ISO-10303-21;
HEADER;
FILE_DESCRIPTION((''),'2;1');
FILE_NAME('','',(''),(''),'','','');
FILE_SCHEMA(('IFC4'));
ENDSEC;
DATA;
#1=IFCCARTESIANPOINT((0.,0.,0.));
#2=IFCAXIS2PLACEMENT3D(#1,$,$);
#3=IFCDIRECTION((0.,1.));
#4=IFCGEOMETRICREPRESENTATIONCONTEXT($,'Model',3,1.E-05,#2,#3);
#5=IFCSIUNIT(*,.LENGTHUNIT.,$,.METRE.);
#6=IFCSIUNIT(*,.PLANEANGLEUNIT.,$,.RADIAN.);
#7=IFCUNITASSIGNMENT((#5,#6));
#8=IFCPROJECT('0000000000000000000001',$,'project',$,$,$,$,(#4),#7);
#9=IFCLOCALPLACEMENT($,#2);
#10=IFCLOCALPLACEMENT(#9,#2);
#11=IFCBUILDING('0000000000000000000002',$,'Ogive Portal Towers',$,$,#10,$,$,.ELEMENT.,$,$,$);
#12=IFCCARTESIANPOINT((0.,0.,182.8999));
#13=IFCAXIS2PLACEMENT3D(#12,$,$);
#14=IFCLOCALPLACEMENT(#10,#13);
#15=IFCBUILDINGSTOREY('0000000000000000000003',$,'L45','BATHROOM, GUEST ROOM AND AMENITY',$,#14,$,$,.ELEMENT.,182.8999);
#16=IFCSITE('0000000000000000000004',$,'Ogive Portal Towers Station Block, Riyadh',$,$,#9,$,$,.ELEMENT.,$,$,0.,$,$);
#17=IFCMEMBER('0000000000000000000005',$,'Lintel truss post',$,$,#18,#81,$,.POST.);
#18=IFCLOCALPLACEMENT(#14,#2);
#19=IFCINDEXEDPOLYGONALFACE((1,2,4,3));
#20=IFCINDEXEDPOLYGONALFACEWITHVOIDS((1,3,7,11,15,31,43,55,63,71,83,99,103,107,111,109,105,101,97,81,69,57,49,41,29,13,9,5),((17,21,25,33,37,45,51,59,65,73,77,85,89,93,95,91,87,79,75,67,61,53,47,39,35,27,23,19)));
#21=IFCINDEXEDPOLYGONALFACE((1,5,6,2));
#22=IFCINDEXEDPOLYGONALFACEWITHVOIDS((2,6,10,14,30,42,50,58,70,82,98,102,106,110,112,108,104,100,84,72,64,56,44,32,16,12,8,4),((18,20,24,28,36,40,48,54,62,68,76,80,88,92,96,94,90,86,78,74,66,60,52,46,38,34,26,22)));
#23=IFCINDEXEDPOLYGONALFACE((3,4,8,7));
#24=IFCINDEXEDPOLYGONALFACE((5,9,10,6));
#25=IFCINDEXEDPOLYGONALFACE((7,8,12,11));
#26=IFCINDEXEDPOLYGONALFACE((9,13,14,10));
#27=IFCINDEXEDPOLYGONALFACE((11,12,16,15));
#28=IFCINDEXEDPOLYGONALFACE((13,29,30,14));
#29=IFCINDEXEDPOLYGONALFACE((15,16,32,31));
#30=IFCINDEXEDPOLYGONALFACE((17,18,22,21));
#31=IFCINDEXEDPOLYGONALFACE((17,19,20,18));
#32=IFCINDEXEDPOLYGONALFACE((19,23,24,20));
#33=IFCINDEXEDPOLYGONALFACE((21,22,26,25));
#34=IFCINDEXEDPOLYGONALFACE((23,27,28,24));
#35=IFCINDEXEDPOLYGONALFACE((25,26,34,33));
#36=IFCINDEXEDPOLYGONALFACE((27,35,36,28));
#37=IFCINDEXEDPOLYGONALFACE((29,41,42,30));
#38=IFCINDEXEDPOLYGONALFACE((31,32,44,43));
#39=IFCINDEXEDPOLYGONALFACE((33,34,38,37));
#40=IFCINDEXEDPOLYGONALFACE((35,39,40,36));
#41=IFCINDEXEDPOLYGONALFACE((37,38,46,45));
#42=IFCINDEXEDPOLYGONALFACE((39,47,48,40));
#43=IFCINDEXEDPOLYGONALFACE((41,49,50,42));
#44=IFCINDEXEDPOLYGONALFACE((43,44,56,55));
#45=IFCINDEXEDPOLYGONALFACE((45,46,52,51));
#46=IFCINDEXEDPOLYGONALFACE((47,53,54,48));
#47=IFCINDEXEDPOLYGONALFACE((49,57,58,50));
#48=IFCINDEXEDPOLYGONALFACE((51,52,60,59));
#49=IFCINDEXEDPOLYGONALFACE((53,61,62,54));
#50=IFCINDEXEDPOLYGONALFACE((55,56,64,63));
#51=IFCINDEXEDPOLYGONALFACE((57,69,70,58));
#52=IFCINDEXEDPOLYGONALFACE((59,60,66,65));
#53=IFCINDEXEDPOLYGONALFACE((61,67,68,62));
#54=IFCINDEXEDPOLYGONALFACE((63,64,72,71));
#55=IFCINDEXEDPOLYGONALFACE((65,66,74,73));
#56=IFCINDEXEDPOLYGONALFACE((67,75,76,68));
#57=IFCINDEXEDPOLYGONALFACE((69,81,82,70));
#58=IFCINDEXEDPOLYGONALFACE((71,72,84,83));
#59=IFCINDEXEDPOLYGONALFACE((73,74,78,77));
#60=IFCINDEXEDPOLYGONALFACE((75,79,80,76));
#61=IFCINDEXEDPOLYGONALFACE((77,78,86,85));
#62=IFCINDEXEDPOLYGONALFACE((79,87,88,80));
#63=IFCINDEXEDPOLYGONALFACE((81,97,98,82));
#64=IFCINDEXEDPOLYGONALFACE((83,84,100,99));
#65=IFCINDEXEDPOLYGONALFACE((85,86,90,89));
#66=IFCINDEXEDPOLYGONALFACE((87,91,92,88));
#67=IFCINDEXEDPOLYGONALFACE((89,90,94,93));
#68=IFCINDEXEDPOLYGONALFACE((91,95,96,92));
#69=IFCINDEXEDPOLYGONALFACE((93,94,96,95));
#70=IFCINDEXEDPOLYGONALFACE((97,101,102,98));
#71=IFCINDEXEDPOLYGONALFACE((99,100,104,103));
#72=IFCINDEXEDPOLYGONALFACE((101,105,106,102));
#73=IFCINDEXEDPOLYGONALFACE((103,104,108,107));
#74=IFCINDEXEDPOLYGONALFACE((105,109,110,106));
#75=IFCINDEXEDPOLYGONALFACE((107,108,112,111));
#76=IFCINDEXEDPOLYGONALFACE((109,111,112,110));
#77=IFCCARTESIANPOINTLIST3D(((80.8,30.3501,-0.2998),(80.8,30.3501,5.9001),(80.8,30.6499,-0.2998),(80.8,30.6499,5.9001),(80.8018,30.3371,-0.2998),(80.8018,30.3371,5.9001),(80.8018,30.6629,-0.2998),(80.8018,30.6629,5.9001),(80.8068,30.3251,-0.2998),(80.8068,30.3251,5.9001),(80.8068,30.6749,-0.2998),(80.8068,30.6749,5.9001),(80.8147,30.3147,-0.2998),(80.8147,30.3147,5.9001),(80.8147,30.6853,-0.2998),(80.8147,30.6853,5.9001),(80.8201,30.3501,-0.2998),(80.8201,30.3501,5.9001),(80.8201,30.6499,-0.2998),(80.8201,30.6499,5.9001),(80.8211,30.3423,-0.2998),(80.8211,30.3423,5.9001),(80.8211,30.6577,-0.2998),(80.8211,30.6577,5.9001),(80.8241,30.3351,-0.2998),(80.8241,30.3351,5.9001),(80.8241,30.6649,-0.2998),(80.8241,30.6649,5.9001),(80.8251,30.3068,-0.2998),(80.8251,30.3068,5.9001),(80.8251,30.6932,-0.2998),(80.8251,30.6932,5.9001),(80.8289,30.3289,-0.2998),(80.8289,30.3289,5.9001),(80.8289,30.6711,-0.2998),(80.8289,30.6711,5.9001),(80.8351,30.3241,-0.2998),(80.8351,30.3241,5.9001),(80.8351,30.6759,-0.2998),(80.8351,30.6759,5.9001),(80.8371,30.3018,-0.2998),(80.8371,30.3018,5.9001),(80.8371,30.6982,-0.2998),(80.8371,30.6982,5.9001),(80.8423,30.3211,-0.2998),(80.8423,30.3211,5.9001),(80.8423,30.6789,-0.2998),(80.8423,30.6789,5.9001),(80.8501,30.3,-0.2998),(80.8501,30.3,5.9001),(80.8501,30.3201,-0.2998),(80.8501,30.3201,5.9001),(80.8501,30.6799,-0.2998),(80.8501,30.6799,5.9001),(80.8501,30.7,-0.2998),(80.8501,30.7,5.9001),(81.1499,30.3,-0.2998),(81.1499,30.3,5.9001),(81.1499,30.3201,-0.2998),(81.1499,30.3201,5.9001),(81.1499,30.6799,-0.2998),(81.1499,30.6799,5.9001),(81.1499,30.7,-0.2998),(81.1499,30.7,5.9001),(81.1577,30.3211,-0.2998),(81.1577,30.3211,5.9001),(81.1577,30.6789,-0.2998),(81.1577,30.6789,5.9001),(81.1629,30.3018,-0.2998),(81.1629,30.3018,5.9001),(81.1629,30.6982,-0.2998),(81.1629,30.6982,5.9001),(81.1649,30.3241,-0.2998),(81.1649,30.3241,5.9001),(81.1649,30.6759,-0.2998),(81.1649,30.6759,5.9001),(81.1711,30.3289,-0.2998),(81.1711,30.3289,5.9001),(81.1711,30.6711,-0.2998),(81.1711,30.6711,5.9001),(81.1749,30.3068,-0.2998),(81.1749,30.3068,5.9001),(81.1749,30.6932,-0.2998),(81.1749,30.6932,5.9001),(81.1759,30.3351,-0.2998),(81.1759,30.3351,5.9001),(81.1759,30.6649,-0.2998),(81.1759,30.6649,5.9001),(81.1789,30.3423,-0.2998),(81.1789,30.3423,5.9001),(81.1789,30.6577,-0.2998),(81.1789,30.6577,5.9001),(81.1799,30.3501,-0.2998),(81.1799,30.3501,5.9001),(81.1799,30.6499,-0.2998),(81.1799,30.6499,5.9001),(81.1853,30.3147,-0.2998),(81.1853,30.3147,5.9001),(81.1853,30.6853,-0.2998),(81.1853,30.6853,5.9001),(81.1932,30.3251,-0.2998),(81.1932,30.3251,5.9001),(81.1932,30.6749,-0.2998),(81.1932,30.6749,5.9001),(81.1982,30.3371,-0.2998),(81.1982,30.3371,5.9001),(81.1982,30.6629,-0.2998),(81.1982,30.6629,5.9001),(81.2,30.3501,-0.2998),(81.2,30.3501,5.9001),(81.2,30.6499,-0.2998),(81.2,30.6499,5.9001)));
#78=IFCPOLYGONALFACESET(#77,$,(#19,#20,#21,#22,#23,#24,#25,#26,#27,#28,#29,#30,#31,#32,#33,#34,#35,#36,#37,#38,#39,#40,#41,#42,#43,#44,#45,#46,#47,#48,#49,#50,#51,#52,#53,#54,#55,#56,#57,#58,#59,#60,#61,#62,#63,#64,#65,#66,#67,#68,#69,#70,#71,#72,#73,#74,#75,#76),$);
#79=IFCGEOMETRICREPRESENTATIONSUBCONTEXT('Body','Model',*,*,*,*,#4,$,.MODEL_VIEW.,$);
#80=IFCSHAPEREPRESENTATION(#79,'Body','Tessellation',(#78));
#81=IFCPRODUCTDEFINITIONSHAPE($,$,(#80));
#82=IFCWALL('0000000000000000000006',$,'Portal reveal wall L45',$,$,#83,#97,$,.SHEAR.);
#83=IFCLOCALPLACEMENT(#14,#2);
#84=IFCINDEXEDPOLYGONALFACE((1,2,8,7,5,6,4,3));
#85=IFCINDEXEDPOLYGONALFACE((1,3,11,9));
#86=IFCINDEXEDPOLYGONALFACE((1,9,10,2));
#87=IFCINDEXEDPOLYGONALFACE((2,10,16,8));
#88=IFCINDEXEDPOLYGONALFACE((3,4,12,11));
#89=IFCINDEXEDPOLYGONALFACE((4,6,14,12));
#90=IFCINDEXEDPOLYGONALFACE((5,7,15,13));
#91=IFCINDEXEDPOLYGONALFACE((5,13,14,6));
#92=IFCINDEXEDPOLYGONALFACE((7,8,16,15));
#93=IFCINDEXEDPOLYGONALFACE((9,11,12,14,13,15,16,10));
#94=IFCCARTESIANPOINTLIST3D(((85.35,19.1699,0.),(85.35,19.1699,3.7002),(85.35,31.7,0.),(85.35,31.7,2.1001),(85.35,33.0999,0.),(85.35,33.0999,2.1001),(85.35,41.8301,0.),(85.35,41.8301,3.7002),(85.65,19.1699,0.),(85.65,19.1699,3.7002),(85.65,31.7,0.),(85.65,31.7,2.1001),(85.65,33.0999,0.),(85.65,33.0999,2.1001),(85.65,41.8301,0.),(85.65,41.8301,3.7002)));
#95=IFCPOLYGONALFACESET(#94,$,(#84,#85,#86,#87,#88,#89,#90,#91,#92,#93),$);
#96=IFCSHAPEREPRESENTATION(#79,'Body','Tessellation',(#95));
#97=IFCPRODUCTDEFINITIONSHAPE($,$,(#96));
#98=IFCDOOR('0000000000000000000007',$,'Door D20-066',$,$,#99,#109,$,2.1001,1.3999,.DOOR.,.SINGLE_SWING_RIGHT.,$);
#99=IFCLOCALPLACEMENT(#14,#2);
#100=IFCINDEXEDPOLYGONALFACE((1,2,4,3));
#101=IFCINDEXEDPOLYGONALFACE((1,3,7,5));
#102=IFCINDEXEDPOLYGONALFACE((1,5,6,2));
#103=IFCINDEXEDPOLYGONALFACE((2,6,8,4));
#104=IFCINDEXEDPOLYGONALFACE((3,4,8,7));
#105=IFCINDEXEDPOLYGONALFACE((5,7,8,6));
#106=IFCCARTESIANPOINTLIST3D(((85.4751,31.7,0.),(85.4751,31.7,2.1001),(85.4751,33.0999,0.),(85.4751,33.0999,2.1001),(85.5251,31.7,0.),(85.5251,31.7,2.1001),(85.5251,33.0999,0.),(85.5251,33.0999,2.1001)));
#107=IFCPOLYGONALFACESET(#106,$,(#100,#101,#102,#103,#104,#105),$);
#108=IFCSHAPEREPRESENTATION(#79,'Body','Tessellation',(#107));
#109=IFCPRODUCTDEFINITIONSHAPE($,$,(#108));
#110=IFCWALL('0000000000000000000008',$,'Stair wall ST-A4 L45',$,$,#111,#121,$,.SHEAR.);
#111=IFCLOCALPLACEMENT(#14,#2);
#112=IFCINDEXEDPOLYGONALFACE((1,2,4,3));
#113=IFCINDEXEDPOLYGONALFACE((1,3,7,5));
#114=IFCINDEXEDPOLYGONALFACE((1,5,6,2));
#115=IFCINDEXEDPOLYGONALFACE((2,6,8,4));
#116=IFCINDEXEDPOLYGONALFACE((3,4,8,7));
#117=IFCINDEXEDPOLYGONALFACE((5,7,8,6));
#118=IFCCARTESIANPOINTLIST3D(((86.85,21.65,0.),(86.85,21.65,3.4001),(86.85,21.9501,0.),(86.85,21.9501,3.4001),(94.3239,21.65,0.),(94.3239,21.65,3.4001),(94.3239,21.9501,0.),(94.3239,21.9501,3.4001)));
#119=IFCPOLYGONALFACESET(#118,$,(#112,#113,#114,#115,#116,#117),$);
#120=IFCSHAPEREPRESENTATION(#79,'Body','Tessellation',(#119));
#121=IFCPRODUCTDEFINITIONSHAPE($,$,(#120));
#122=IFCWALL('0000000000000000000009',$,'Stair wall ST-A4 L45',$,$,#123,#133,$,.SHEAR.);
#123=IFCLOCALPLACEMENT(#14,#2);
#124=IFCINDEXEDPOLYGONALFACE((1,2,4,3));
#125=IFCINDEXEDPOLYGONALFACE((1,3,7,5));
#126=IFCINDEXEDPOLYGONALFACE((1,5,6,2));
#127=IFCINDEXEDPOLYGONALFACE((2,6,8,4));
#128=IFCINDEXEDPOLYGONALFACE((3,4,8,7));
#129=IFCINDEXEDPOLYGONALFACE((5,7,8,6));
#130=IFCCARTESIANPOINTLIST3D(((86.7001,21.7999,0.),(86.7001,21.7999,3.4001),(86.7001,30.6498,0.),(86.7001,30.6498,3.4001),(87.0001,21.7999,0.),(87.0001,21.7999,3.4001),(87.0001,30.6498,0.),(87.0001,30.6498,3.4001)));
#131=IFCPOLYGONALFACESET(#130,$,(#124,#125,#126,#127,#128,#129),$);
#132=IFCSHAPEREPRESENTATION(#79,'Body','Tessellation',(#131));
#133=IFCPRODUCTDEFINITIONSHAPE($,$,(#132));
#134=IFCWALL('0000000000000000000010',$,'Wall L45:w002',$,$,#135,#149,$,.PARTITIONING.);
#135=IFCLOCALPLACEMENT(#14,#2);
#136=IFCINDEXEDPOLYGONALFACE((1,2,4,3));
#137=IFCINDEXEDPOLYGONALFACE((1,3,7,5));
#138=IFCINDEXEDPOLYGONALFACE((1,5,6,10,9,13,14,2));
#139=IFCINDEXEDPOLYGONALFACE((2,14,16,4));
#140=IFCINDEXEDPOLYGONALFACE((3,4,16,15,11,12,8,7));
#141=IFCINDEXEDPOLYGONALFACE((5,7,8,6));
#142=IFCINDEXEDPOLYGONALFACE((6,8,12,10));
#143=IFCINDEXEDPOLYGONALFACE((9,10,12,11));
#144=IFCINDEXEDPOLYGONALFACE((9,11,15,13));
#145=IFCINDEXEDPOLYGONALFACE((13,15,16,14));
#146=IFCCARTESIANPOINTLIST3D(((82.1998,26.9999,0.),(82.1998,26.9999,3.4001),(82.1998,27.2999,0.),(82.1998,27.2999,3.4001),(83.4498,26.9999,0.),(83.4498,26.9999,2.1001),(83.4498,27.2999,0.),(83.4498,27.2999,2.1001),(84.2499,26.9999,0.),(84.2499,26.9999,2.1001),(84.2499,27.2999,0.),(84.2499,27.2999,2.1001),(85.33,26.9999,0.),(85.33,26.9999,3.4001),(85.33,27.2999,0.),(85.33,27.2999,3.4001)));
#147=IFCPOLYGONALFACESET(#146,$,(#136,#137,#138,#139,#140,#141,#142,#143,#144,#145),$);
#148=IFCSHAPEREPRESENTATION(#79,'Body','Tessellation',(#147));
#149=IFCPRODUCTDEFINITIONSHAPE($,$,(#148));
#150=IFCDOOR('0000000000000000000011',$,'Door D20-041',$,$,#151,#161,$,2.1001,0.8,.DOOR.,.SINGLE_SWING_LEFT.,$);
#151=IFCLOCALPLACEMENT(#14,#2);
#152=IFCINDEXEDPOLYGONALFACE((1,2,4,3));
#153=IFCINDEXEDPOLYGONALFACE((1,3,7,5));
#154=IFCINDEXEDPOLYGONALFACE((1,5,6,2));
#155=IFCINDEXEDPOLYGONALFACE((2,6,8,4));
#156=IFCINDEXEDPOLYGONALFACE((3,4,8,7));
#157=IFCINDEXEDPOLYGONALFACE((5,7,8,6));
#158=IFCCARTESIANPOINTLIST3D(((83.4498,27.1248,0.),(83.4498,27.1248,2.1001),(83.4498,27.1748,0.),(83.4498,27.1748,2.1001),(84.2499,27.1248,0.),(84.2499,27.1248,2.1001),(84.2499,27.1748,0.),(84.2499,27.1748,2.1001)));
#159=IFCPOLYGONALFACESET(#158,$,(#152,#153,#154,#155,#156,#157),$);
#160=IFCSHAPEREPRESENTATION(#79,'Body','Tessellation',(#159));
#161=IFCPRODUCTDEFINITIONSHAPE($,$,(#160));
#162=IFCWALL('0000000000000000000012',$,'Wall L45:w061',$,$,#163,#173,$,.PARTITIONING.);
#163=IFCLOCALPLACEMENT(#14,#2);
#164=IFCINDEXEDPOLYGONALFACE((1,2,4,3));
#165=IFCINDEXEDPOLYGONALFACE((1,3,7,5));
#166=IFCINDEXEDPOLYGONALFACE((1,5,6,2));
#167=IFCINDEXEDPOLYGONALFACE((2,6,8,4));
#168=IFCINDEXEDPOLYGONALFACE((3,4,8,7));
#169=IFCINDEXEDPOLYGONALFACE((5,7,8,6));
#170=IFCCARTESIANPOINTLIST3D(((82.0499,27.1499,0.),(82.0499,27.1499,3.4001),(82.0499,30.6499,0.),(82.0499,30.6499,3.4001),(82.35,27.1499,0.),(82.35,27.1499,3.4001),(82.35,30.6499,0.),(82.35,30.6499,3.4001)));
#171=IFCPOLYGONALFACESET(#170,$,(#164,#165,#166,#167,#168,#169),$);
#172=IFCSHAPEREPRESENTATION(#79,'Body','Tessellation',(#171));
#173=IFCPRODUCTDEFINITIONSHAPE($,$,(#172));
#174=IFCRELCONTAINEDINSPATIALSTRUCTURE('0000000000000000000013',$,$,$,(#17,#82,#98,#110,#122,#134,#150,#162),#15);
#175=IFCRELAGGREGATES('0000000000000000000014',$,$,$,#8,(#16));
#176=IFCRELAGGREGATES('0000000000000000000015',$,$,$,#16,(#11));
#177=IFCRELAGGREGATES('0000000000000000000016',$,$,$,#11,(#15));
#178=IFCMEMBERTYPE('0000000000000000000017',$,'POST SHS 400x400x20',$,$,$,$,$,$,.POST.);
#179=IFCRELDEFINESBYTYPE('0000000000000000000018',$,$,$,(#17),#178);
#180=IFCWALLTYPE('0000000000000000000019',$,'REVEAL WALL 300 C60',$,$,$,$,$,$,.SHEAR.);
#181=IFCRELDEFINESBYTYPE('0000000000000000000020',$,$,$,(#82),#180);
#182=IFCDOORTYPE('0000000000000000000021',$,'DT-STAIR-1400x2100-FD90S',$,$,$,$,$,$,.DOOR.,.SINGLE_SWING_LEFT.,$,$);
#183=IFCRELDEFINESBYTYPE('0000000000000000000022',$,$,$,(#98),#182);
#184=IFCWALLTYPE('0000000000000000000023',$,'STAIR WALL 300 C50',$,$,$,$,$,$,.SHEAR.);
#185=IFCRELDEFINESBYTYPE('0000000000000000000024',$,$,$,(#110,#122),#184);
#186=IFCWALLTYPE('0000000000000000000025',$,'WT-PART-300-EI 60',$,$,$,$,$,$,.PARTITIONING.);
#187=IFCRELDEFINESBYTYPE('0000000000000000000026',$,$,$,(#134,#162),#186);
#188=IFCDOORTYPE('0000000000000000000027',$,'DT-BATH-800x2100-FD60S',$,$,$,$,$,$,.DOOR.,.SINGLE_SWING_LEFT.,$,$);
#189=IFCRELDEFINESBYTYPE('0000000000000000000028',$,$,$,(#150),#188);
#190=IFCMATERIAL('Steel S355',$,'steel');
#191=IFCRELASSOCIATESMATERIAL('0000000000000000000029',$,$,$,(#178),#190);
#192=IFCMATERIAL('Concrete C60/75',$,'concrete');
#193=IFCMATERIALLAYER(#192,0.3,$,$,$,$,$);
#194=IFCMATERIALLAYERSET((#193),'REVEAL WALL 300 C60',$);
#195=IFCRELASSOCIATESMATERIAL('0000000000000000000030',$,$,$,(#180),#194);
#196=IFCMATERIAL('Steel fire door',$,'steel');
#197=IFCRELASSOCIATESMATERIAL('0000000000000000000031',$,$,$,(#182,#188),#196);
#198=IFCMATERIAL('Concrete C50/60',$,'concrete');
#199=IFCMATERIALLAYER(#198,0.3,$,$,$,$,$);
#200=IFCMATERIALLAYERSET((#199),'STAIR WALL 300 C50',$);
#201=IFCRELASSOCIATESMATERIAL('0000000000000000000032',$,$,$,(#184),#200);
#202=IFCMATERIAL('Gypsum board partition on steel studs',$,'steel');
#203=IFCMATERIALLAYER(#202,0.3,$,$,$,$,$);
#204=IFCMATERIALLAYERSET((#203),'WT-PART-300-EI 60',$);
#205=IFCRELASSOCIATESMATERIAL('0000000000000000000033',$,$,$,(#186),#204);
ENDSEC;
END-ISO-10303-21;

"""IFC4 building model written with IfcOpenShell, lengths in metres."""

from ifc_helpers import new_model, si_unit, direction, frame, frame_2d, origin, origin_2d, place, context, subcontext, project, spatial, rectangle, hollow_rectangle, extrude, material, layer, layer_set, material_profile, profile_set, type_object, element, fill, save


model = new_model("IFC4")

# Units and contexts
model_context = context("Model", 3, precision=1e-05, world=origin(), true_north=direction((0.0, 1.0)))
body_context = subcontext(model_context, "Body", "Model", "MODEL_VIEW")
ifc_project = project(units=[si_unit("LENGTHUNIT", "METRE"), si_unit("PLANEANGLEUNIT", "RADIAN")], contexts=[model_context])

# Site, building, storey
site_placement = place(None, origin())
site = spatial("IfcSite", under=ifc_project, at=site_placement, Name="Ogive Portal Towers Station Block, Riyadh", CompositionType="ELEMENT", RefElevation=0.0)
building_placement = place(site_placement, origin())
building = spatial("IfcBuilding", under=site, at=building_placement, Name="Ogive Portal Towers", CompositionType="ELEMENT")
storey_placement = place(building_placement, frame((0.0, 0.0, 182.8999)))
storey = spatial("IfcBuildingStorey", under=building, at=storey_placement, Name="L45", Description="BATHROOM, GUEST ROOM AND AMENITY", CompositionType="ELEMENT", Elevation=182.8999)

# Shared definitions
ifc_material_1 = material(Name="Concrete C60/75", Category="concrete")

# Member
ifc_material_2 = material(Name="Steel S355", Category="steel")
ifc_material_profile_1 = material_profile(ifc_material_2, hollow_rectangle(XDim=0.3999, YDim=0.3999, WallThickness=0.02, InnerFilletRadius=0.03, OuterFilletRadius=0.05, at=origin_2d()), Name="SHS 400x400x20")
ifc_profile_set_1 = profile_set([ifc_material_profile_1], Name="Steel S355")
member_type_1 = type_object("IfcMemberType", Name="POST SHS 400x400x20", PredefinedType="POST", material=ifc_profile_set_1)
for number, where, z_axis, x_axis, name in (
    (1, (81.0, 30.5, -0.2998), (0.0, 0.0, 1.0), (1.0, 0.0, 0.0), "Lintel truss post"),
):
    element("IfcMember", number, at=place(storey_placement, frame(where, z_axis=z_axis, x_axis=x_axis)), inside=storey, type_object=member_type_1, Name=name, PredefinedType="POST", context=body_context, shape_type="SweptSolid", body=[
        extrude(hollow_rectangle(XDim=0.3999, YDim=0.3999, WallThickness=0.02, InnerFilletRadius=0.03, OuterFilletRadius=0.05, at=origin_2d()), origin(), (0.0, 0.0, 1.0), 6.2),
    ])

# Wall, opening, door
ifc_layer_1 = layer(ifc_material_1, 0.3)
ifc_layer_set_1 = layer_set([ifc_layer_1], Name="REVEAL WALL 300 C60")
wall_type_1 = type_object("IfcWallType", Name="REVEAL WALL 300 C60", PredefinedType="SHEAR", material=ifc_layer_set_1)
wall_1_placement = place(storey_placement, frame((85.5, 19.1699, 0.0), z_axis=(0.0, 0.0, 1.0), x_axis=(0.0, 1.0, 0.0)))
wall_1 = element("IfcWall", 2, at=wall_1_placement, inside=storey, type_object=wall_type_1, Name="Portal reveal wall L45", PredefinedType="SHEAR", context=body_context, shape_type="SweptSolid", body=[
    extrude(rectangle(XDim=22.6602, YDim=0.3, at=frame_2d((11.3301, 0.0))), origin(), (0.0, 0.0, 1.0), 3.7002),
])
opening_1_placement = place(wall_1_placement, frame((12.53, 0.0, 0.0)))
opening_1 = element("IfcOpeningElement", 3, at=opening_1_placement, cuts=wall_1, PredefinedType="OPENING", context=body_context, shape_type="SweptSolid", body=[
    extrude(rectangle(XDim=1.3999, YDim=2.1001, at=frame_2d((0.7, 1.05))), frame((0.0, 0.1602, 0.0), z_axis=(0.0, -1.0, 0.0), x_axis=(1.0, 0.0, 0.0)), (0.0, 0.0, 1.0), 0.3201),
])
ifc_material_3 = material(Name="Steel fire door", Category="steel")
door_type_1 = type_object("IfcDoorType", Name="DT-STAIR-1400x2100-FD90S", OperationType="SINGLE_SWING_LEFT", PredefinedType="DOOR", material=ifc_material_3)
door_1_placement = place(opening_1_placement, origin())
door_1 = element("IfcDoor", 4, at=door_1_placement, inside=storey, type_object=door_type_1, Name="Door D20-066", OperationType="SINGLE_SWING_RIGHT", OverallHeight=2.1001, OverallWidth=1.3999, PredefinedType="DOOR", context=body_context, shape_type="SweptSolid", body=[
    extrude(rectangle(XDim=1.3999, YDim=2.1001, at=frame_2d((0.7, 1.05))), frame((0.0, 0.0249, 0.0), z_axis=(0.0, -1.0, 0.0), x_axis=(1.0, 0.0, 0.0)), (0.0, 0.0, 1.0), 0.05),
])
fill(opening_1, door_1)

# Walls
ifc_material_4 = material(Name="Concrete C50/60", Category="concrete")
ifc_layer_2 = layer(ifc_material_4, 0.3)
ifc_layer_set_2 = layer_set([ifc_layer_2], Name="STAIR WALL 300 C50")
wall_type_2 = type_object("IfcWallType", Name="STAIR WALL 300 C50", PredefinedType="SHEAR", material=ifc_layer_set_2)
wall_2_placement = place(storey_placement, frame((86.8501, 21.8, 0.0), z_axis=(0.0, 0.0, 1.0), x_axis=(1.0, 0.0, 0.0)))
element("IfcWall", 5, at=wall_2_placement, inside=storey, type_object=wall_type_2, Name="Stair wall ST-A4 L45", PredefinedType="SHEAR", context=body_context, shape_type="SweptSolid", body=[
    extrude(rectangle(XDim=7.4739, YDim=0.3, at=frame_2d((3.7368, 0.0))), origin(), (0.0, 0.0, 1.0), 3.4001),
])
wall_3_placement = place(storey_placement, frame((86.8501, 21.8, 0.0), z_axis=(0.0, 0.0, 1.0), x_axis=(0.0, 1.0, 0.0)))
element("IfcWall", 6, at=wall_3_placement, inside=storey, type_object=wall_type_2, Name="Stair wall ST-A4 L45", PredefinedType="SHEAR", context=body_context, shape_type="SweptSolid", body=[
    extrude(rectangle(XDim=8.8499, YDim=0.3, at=frame_2d((4.4248, 0.0))), origin(), (0.0, 0.0, 1.0), 3.4001),
])

# Wall, opening, door
ifc_material_5 = material(Name="Gypsum board partition on steel studs", Category="steel")
ifc_layer_3 = layer(ifc_material_5, 0.3)
ifc_layer_set_3 = layer_set([ifc_layer_3], Name="WT-PART-300-EI 60")
wall_type_3 = type_object("IfcWallType", Name="WT-PART-300-EI 60", PredefinedType="PARTITIONING", material=ifc_layer_set_3)
wall_4_placement = place(storey_placement, frame((82.2, 27.1499, 0.0), z_axis=(0.0, 0.0, 1.0), x_axis=(1.0, 0.0, 0.0)))
wall_4 = element("IfcWall", 7, at=wall_4_placement, inside=storey, type_object=wall_type_3, Name="Wall L45:w002", PredefinedType="PARTITIONING", context=body_context, shape_type="SweptSolid", body=[
    extrude(rectangle(XDim=3.1301, YDim=0.3, at=frame_2d((1.5649, 0.0))), origin(), (0.0, 0.0, 1.0), 3.4001),
])
opening_2_placement = place(wall_4_placement, frame((1.25, 0.0, 0.0)))
opening_2 = element("IfcOpeningElement", 8, at=opening_2_placement, cuts=wall_4, PredefinedType="OPENING", context=body_context, shape_type="SweptSolid", body=[
    extrude(rectangle(XDim=0.8, YDim=2.1001, at=frame_2d((0.3999, 1.05))), frame((0.0, 0.1602, 0.0), z_axis=(0.0, -1.0, 0.0), x_axis=(1.0, 0.0, 0.0)), (0.0, 0.0, 1.0), 0.3201),
])
door_type_2 = type_object("IfcDoorType", Name="DT-BATH-800x2100-FD60S", OperationType="SINGLE_SWING_LEFT", PredefinedType="DOOR", material=ifc_material_3)
door_2_placement = place(opening_2_placement, origin())
door_2 = element("IfcDoor", 9, at=door_2_placement, inside=storey, type_object=door_type_2, Name="Door D20-041", OperationType="SINGLE_SWING_LEFT", OverallHeight=2.1001, OverallWidth=0.8, PredefinedType="DOOR", context=body_context, shape_type="SweptSolid", body=[
    extrude(rectangle(XDim=0.8, YDim=2.1001, at=frame_2d((0.3999, 1.05))), frame((0.0, 0.0249, 0.0), z_axis=(0.0, -1.0, 0.0), x_axis=(1.0, 0.0, 0.0)), (0.0, 0.0, 1.0), 0.05),
])
fill(opening_2, door_2)

# Wall
wall_5_placement = place(storey_placement, frame((82.2, 27.1499, 0.0), z_axis=(0.0, 0.0, 1.0), x_axis=(0.0, 1.0, 0.0)))
element("IfcWall", 10, at=wall_5_placement, inside=storey, type_object=wall_type_3, Name="Wall L45:w061", PredefinedType="PARTITIONING", context=body_context, shape_type="SweptSolid", body=[
    extrude(rectangle(XDim=3.5, YDim=0.3, at=frame_2d((1.75, 0.0))), origin(), (0.0, 0.0, 1.0), 3.4001),
])

save(model, "model.ifc")
